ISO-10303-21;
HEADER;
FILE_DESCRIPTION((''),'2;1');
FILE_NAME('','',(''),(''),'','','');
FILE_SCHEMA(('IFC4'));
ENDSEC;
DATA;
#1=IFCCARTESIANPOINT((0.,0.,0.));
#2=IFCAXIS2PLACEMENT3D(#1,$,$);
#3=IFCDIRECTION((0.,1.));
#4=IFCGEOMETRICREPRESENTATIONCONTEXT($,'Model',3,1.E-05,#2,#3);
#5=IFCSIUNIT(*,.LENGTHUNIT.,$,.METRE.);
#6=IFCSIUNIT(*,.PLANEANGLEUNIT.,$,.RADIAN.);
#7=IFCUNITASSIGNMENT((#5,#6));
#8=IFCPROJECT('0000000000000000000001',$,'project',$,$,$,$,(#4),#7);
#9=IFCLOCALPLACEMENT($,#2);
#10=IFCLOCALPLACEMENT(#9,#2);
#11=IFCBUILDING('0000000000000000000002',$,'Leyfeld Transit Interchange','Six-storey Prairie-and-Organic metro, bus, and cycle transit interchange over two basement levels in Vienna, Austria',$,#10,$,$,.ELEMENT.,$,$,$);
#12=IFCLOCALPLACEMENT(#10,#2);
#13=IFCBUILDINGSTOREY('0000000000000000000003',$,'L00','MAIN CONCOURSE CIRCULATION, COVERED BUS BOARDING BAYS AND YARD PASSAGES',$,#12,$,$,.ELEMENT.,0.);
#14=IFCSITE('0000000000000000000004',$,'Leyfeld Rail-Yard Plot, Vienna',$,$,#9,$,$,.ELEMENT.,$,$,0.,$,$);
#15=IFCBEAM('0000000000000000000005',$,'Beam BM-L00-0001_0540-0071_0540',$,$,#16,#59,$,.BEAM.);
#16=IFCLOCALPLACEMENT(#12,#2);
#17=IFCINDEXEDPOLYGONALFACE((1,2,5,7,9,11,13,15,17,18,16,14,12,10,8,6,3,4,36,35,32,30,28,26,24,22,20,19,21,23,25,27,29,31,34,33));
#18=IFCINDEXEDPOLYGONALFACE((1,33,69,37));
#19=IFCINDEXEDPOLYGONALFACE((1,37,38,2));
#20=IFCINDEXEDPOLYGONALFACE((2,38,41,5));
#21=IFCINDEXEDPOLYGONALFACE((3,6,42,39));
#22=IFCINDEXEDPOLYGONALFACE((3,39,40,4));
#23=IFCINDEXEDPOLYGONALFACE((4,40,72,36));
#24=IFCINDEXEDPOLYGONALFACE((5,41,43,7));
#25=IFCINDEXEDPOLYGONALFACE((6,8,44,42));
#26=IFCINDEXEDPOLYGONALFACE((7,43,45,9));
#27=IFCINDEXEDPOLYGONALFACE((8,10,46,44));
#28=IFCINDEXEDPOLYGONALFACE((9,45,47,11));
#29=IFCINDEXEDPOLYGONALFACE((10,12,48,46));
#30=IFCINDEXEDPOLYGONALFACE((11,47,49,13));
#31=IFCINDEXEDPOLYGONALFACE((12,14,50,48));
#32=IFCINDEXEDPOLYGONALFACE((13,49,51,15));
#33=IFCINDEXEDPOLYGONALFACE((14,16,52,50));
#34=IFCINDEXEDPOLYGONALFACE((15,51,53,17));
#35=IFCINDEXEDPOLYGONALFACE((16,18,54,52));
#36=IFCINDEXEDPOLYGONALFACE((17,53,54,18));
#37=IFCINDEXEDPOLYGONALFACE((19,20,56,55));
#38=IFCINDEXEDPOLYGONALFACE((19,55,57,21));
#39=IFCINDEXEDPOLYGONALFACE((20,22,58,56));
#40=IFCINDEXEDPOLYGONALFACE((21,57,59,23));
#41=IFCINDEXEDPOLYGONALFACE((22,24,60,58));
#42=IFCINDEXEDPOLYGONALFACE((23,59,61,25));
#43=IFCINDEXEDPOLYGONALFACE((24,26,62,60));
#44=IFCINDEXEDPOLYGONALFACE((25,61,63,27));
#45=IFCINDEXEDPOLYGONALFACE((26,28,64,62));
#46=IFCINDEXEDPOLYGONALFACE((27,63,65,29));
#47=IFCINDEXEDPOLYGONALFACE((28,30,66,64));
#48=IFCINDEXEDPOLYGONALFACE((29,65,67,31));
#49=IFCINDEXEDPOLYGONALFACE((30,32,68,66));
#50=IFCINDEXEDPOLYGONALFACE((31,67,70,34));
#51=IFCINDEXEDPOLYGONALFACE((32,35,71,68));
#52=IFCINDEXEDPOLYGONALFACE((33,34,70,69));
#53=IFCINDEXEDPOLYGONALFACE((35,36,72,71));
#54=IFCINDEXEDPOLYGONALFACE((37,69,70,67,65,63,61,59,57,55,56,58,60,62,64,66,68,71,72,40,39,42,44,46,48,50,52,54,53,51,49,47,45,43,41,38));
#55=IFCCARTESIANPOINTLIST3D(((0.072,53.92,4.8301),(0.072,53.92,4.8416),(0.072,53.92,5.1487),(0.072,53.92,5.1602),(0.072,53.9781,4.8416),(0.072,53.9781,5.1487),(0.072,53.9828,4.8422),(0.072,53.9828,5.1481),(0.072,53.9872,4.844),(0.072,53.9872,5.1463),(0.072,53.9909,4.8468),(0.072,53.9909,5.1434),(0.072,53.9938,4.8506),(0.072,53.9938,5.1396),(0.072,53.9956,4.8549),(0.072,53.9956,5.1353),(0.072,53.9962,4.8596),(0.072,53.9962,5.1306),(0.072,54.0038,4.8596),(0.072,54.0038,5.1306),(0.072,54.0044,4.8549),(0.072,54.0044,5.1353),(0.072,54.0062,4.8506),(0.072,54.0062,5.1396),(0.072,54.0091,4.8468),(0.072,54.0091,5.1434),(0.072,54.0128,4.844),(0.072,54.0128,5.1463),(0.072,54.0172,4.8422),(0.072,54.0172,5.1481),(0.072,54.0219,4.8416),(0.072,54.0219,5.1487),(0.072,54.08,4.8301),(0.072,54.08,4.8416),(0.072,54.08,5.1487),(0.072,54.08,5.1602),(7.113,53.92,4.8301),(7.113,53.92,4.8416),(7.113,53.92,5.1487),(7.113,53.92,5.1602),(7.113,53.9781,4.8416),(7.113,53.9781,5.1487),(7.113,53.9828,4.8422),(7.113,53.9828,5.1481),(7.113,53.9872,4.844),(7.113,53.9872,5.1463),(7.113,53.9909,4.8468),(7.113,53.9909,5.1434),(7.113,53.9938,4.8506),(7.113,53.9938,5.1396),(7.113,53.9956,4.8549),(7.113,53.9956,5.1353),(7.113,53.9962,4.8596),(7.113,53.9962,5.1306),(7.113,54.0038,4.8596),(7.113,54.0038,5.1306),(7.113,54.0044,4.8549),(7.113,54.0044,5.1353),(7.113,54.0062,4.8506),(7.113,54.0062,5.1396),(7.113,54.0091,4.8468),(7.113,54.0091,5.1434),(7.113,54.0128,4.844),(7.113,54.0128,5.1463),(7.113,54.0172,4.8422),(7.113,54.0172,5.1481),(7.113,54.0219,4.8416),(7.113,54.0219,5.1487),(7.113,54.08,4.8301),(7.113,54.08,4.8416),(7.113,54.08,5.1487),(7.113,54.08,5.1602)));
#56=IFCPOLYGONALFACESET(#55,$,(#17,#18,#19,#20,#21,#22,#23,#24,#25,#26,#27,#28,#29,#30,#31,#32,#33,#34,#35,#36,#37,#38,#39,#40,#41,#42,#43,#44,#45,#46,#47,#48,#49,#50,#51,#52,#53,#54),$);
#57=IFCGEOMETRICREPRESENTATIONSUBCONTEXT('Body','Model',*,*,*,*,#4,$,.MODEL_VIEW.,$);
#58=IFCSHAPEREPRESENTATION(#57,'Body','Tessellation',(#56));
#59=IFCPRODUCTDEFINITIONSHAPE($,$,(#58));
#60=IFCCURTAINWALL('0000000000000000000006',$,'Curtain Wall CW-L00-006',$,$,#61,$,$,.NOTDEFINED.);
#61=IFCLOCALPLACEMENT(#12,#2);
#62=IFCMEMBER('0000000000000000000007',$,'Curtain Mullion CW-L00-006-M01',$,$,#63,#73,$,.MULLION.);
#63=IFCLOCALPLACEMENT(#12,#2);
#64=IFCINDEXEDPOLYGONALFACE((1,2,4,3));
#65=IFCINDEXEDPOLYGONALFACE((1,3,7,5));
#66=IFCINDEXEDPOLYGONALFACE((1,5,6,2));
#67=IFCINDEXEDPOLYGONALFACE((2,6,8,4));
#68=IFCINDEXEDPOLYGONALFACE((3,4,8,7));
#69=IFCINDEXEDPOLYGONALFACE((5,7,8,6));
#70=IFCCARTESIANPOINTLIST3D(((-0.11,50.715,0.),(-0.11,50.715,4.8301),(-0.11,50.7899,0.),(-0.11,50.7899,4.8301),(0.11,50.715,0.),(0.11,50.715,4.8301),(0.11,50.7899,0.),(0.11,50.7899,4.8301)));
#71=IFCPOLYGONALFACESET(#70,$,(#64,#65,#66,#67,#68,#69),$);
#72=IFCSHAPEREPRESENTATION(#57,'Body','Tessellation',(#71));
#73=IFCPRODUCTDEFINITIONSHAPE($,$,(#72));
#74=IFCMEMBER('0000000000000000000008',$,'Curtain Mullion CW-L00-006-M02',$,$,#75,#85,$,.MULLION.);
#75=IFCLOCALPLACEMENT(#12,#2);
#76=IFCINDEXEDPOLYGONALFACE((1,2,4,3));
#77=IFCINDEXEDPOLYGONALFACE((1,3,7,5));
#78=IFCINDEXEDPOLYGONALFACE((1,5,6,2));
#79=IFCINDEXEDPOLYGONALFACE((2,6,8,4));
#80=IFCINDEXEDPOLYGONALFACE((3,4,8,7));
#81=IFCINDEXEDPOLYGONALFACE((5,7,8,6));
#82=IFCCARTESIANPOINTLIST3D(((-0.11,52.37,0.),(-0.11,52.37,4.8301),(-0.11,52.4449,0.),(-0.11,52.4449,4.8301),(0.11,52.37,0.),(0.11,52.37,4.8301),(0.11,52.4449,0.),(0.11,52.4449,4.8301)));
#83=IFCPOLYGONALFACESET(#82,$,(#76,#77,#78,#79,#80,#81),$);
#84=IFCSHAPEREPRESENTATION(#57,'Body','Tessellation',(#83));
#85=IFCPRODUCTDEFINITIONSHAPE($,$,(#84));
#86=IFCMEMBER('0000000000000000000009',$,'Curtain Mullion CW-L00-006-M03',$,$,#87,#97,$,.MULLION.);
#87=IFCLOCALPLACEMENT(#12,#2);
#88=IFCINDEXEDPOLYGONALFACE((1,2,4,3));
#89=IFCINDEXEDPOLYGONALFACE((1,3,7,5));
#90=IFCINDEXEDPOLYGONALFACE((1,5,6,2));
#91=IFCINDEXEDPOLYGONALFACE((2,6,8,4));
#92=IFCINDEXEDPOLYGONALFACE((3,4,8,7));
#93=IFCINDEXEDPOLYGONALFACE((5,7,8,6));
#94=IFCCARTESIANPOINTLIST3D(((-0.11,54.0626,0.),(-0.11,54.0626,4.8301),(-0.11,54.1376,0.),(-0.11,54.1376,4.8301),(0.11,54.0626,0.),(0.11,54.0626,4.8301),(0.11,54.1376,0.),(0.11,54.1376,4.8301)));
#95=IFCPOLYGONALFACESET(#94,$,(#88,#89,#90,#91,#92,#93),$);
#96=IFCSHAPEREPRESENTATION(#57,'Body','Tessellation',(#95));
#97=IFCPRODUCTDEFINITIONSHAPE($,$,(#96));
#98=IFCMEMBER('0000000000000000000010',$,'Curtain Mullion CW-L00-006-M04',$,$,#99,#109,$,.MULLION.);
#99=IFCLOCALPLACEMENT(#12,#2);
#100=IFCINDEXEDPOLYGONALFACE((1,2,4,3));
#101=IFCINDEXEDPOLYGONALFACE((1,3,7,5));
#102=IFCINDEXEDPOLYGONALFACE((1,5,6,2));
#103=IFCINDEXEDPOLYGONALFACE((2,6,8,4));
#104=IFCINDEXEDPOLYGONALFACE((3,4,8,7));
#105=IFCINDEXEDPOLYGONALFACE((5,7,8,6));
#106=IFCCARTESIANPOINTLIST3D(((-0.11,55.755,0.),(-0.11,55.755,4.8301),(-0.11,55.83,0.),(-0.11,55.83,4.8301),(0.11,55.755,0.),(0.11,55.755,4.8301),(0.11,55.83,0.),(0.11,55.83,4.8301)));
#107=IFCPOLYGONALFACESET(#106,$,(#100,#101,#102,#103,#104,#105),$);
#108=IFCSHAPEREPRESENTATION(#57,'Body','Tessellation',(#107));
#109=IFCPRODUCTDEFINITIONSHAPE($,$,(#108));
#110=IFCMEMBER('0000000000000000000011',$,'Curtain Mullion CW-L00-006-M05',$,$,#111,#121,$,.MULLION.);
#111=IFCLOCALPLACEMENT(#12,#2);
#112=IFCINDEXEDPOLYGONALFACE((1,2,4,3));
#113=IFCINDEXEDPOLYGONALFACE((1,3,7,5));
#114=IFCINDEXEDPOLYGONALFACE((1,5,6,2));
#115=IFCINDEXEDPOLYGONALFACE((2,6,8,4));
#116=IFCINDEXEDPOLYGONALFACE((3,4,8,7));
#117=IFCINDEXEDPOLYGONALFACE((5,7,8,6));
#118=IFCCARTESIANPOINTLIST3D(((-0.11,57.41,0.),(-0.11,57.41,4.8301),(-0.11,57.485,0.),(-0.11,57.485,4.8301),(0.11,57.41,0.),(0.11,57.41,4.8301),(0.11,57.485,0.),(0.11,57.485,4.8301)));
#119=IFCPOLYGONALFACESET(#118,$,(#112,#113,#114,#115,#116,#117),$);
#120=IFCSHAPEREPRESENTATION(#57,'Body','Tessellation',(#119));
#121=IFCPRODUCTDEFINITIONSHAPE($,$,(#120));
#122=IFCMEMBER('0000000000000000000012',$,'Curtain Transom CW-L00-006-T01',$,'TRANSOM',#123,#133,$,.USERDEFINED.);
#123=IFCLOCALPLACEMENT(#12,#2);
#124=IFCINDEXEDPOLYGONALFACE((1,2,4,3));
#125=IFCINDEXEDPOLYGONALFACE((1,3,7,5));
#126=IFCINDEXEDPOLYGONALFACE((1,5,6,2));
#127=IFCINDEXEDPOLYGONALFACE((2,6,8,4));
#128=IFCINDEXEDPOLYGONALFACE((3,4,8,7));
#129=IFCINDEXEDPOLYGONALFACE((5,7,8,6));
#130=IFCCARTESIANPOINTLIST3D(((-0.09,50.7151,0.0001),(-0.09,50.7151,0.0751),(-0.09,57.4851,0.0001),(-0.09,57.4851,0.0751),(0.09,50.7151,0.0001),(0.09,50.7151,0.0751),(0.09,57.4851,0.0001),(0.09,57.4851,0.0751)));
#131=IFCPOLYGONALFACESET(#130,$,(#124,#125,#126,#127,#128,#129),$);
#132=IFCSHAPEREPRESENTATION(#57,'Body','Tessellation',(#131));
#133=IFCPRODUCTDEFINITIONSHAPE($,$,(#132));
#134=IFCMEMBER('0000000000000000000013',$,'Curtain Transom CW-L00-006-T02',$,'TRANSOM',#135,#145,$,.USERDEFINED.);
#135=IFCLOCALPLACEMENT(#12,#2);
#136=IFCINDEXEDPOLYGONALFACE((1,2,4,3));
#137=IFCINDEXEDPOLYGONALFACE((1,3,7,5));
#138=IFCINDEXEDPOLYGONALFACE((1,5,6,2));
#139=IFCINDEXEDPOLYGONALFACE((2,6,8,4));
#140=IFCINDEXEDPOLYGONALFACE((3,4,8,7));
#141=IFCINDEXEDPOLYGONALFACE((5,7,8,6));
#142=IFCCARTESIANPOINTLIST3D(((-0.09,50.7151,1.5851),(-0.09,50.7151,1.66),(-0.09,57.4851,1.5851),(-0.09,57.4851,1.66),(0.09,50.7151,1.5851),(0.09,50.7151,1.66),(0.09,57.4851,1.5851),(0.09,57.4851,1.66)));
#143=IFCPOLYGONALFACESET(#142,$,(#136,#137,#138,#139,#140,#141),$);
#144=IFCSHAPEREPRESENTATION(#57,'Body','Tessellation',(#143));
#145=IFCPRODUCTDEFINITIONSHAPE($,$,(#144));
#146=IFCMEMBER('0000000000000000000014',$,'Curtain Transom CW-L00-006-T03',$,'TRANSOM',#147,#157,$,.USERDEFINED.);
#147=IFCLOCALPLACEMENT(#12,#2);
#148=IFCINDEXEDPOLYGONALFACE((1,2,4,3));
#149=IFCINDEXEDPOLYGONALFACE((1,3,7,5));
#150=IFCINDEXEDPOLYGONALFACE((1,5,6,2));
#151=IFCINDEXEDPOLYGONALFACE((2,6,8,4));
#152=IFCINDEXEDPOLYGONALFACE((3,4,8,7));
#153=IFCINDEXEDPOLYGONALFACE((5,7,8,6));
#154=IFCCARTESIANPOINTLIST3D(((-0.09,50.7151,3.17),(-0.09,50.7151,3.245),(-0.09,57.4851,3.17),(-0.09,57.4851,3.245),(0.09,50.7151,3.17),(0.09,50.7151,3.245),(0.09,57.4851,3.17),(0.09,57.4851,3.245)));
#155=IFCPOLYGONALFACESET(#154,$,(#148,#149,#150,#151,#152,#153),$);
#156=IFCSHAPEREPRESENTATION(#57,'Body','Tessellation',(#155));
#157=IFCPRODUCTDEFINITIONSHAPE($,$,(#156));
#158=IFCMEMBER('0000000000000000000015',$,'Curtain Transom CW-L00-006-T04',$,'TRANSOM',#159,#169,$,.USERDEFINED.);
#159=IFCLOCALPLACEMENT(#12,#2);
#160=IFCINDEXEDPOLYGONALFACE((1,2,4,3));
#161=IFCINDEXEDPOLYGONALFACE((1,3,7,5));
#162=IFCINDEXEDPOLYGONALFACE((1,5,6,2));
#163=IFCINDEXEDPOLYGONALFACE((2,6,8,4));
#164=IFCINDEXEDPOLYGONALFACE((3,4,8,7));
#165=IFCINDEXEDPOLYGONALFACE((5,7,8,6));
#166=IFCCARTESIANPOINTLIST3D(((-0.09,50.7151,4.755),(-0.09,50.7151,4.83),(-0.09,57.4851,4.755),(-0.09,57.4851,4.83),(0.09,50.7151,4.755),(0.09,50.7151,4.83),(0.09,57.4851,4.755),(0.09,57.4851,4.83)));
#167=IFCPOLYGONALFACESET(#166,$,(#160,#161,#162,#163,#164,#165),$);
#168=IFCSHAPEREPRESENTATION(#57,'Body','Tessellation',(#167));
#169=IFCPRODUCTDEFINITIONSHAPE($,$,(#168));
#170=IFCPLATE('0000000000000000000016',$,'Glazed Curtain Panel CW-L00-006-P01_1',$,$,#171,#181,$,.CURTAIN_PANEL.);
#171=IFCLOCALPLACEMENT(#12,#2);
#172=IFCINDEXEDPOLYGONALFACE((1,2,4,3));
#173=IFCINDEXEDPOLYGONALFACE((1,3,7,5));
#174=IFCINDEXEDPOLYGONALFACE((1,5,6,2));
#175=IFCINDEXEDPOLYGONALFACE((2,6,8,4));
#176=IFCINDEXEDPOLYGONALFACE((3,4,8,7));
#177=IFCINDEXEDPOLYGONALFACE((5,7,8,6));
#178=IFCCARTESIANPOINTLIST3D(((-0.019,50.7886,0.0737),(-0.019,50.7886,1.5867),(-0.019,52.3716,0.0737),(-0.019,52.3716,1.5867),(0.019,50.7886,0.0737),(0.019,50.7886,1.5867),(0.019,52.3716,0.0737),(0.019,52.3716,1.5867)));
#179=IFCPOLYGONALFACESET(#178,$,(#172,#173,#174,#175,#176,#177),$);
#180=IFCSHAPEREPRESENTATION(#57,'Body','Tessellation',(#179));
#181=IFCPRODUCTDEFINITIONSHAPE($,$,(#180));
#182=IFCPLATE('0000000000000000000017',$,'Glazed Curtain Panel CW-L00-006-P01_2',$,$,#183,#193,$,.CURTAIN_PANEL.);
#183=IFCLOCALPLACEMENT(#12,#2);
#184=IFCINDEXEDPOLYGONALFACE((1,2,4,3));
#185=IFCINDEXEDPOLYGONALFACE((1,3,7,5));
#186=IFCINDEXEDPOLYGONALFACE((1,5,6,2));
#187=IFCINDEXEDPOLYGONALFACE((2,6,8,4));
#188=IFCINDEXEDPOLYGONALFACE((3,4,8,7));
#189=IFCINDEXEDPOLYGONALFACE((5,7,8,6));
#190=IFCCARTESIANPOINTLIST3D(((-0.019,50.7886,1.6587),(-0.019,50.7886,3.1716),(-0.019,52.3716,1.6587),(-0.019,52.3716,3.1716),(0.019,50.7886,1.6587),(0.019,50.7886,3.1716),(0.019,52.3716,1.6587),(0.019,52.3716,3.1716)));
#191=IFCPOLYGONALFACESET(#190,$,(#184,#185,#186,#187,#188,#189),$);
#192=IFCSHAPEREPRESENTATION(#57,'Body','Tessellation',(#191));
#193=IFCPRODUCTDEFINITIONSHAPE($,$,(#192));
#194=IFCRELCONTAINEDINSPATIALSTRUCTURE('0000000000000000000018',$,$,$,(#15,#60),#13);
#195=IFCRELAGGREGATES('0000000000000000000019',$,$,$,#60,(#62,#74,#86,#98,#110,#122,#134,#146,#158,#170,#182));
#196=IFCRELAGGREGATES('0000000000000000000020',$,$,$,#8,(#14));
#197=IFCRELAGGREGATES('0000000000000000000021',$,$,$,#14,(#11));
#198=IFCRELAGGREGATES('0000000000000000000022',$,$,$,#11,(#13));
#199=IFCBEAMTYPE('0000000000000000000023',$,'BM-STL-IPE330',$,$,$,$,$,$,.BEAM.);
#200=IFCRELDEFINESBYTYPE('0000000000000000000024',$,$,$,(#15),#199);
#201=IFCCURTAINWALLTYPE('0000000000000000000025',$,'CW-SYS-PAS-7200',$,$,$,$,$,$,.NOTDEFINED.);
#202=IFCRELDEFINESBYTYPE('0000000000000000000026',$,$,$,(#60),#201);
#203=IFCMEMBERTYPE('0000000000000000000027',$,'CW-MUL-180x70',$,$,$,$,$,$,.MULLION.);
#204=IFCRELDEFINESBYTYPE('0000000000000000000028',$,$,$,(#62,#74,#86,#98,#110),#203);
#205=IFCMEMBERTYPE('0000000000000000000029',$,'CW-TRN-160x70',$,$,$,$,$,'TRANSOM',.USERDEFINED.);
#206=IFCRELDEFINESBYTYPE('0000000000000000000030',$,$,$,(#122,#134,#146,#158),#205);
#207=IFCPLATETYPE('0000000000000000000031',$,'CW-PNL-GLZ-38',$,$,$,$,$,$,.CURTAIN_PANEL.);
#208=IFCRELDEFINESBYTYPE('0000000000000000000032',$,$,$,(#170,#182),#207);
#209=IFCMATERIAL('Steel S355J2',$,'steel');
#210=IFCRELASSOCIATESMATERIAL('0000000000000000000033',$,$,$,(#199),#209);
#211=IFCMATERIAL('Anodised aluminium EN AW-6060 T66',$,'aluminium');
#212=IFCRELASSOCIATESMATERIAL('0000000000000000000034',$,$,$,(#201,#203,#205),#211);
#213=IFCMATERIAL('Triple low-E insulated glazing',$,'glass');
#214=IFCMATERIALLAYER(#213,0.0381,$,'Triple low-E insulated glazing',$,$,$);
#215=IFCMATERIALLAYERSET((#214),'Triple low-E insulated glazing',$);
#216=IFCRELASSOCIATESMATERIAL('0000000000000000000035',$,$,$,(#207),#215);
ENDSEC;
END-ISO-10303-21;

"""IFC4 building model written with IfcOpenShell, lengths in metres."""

from ifc_helpers import new_model, si_unit, direction, frame, origin, origin_2d, place, context, subcontext, project, spatial, rectangle, i_section, extrude, material, layer, layer_set, material_profile, profile_set, type_object, element, aggregate, save


model = new_model("IFC4")

# Units and contexts
model_context = context("Model", 3, precision=1e-05, world=origin(), true_north=direction((0.0, 1.0)))
body_context = subcontext(model_context, "Body", "Model", "MODEL_VIEW")
ifc_project = project(units=[si_unit("LENGTHUNIT", "METRE"), si_unit("PLANEANGLEUNIT", "RADIAN")], contexts=[model_context])

# Site, building, storey
site_placement = place(None, origin())
site = spatial("IfcSite", under=ifc_project, at=site_placement, Name="Leyfeld Rail-Yard Plot, Vienna", CompositionType="ELEMENT", RefElevation=0.0)
building_placement = place(site_placement, origin())
building = spatial("IfcBuilding", under=site, at=building_placement, Name="Leyfeld Transit Interchange", Description="Six-storey Prairie-and-Organic metro, bus, and cycle transit interchange over two basement levels in Vienna, Austria", CompositionType="ELEMENT")
storey_placement = place(building_placement, origin())
storey = spatial("IfcBuildingStorey", under=building, at=storey_placement, Name="L00", Description="MAIN CONCOURSE CIRCULATION, COVERED BUS BOARDING BAYS AND YARD PASSAGES", CompositionType="ELEMENT", Elevation=0.0)

# Beam
ifc_material_1 = material(Name="Steel S355J2", Category="steel")
ifc_material_profile_1 = material_profile(ifc_material_1, i_section(OverallWidth=0.1599, OverallDepth=0.3301, WebThickness=0.0076, FlangeThickness=0.0115, FilletRadius=0.0181, at=origin_2d()), Name="IPE 330")
ifc_profile_set_1 = profile_set([ifc_material_profile_1], Name="Steel S355J2")
beam_type = type_object("IfcBeamType", Name="BM-STL-IPE330", PredefinedType="BEAM", material=ifc_profile_set_1)
beam_placement = place(storey_placement, frame((0.072, 54.0, 4.9951), z_axis=(1.0, 0.0, 0.0), x_axis=(0.0, 1.0, 0.0)))
element("IfcBeam", 1, at=beam_placement, inside=storey, type_object=beam_type, Name="Beam BM-L00-0001_0540-0071_0540", PredefinedType="BEAM", context=body_context, shape_type="SweptSolid", body=[
    extrude(i_section(OverallWidth=0.1599, OverallDepth=0.3301, WebThickness=0.0076, FlangeThickness=0.0115, FilletRadius=0.0181, at=origin_2d()), origin(), (0.0, 0.0, 1.0), 7.041),
])

# Curtain wall, members, plates
ifc_material_2 = material(Name="Anodised aluminium EN AW-6060 T66", Category="aluminium")
curtain_wall_type = type_object("IfcCurtainWallType", Name="CW-SYS-PAS-7200", PredefinedType="NOTDEFINED", material=ifc_material_2)
curtain_wall_placement = place(storey_placement, origin())
curtain_wall = element("IfcCurtainWall", 2, at=curtain_wall_placement, inside=storey, type_object=curtain_wall_type, Name="Curtain Wall CW-L00-006", PredefinedType="NOTDEFINED")
ifc_material_profile_2 = material_profile(ifc_material_2, rectangle(XDim=0.075, YDim=0.22, at=origin_2d()), Name="CW-M 75x220")
ifc_profile_set_2 = profile_set([ifc_material_profile_2], Name="Anodised aluminium EN AW-6060 T66")
member_type_1 = type_object("IfcMemberType", Name="CW-MUL-180x70", PredefinedType="MULLION", material=ifc_profile_set_2)
member_1_placement = place(storey_placement, frame((0.0, 50.7524, 0.0), z_axis=(0.0, 0.0, 1.0), x_axis=(0.0, 1.0, 0.0)))
member_1 = element("IfcMember", 3, at=member_1_placement, type_object=member_type_1, Name="Curtain Mullion CW-L00-006-M01", PredefinedType="MULLION", context=body_context, shape_type="SweptSolid", body=[
    extrude(rectangle(XDim=0.075, YDim=0.22, at=origin_2d()), origin(), (0.0, 0.0, 1.0), 4.8301),
])
member_2_placement = place(storey_placement, frame((0.0, 52.4075, 0.0), z_axis=(0.0, 0.0, 1.0), x_axis=(0.0, 1.0, 0.0)))
member_2 = element("IfcMember", 4, at=member_2_placement, type_object=member_type_1, Name="Curtain Mullion CW-L00-006-M02", PredefinedType="MULLION", context=body_context, shape_type="SweptSolid", body=[
    extrude(rectangle(XDim=0.075, YDim=0.22, at=origin_2d()), origin(), (0.0, 0.0, 1.0), 4.8301),
])
member_3_placement = place(storey_placement, frame((0.0, 54.1001, 0.0), z_axis=(0.0, 0.0, 1.0), x_axis=(0.0, 1.0, 0.0)))
member_3 = element("IfcMember", 5, at=member_3_placement, type_object=member_type_1, Name="Curtain Mullion CW-L00-006-M03", PredefinedType="MULLION", context=body_context, shape_type="SweptSolid", body=[
    extrude(rectangle(XDim=0.075, YDim=0.22, at=origin_2d()), origin(), (0.0, 0.0, 1.0), 4.8301),
])
member_4_placement = place(storey_placement, frame((0.0, 55.7925, 0.0), z_axis=(0.0, 0.0, 1.0), x_axis=(0.0, 1.0, 0.0)))
member_4 = element("IfcMember", 6, at=member_4_placement, type_object=member_type_1, Name="Curtain Mullion CW-L00-006-M04", PredefinedType="MULLION", context=body_context, shape_type="SweptSolid", body=[
    extrude(rectangle(XDim=0.075, YDim=0.22, at=origin_2d()), origin(), (0.0, 0.0, 1.0), 4.8301),
])
member_5_placement = place(storey_placement, frame((0.0, 57.4475, 0.0), z_axis=(0.0, 0.0, 1.0), x_axis=(0.0, 1.0, 0.0)))
member_5 = element("IfcMember", 7, at=member_5_placement, type_object=member_type_1, Name="Curtain Mullion CW-L00-006-M05", PredefinedType="MULLION", context=body_context, shape_type="SweptSolid", body=[
    extrude(rectangle(XDim=0.075, YDim=0.22, at=origin_2d()), origin(), (0.0, 0.0, 1.0), 4.8301),
])
ifc_material_profile_3 = material_profile(ifc_material_2, rectangle(XDim=0.1799, YDim=0.075, at=origin_2d()), Name="CW-TRN-160x70")
ifc_profile_set_3 = profile_set([ifc_material_profile_3], Name="Anodised aluminium EN AW-6060 T66")
member_type_2 = type_object("IfcMemberType", Name="CW-TRN-160x70", ElementType="TRANSOM", PredefinedType="USERDEFINED", material=ifc_profile_set_3)
member_6_placement = place(storey_placement, frame((0.0, 50.7151, 0.0376), z_axis=(0.0, 1.0, 0.0), x_axis=(-1.0, 0.0, 0.0)))
member_6 = element("IfcMember", 8, at=member_6_placement, type_object=member_type_2, Name="Curtain Transom CW-L00-006-T01", ObjectType="TRANSOM", PredefinedType="USERDEFINED", context=body_context, shape_type="SweptSolid", body=[
    extrude(rectangle(XDim=0.1799, YDim=0.075, at=origin_2d()), origin(), (0.0, 0.0, 1.0), 6.77),
])
member_7_placement = place(storey_placement, frame((0.0, 50.7151, 1.6226), z_axis=(0.0, 1.0, 0.0), x_axis=(-1.0, 0.0, 0.0)))
member_7 = element("IfcMember", 9, at=member_7_placement, type_object=member_type_2, Name="Curtain Transom CW-L00-006-T02", ObjectType="TRANSOM", PredefinedType="USERDEFINED", context=body_context, shape_type="SweptSolid", body=[
    extrude(rectangle(XDim=0.1799, YDim=0.075, at=origin_2d()), origin(), (0.0, 0.0, 1.0), 6.77),
])
member_8_placement = place(storey_placement, frame((0.0, 50.7151, 3.2075), z_axis=(0.0, 1.0, 0.0), x_axis=(-1.0, 0.0, 0.0)))
member_8 = element("IfcMember", 10, at=member_8_placement, type_object=member_type_2, Name="Curtain Transom CW-L00-006-T03", ObjectType="TRANSOM", PredefinedType="USERDEFINED", context=body_context, shape_type="SweptSolid", body=[
    extrude(rectangle(XDim=0.1799, YDim=0.075, at=origin_2d()), origin(), (0.0, 0.0, 1.0), 6.77),
])
member_9_placement = place(storey_placement, frame((0.0, 50.7151, 4.7925), z_axis=(0.0, 1.0, 0.0), x_axis=(-1.0, 0.0, 0.0)))
member_9 = element("IfcMember", 11, at=member_9_placement, type_object=member_type_2, Name="Curtain Transom CW-L00-006-T04", ObjectType="TRANSOM", PredefinedType="USERDEFINED", context=body_context, shape_type="SweptSolid", body=[
    extrude(rectangle(XDim=0.1799, YDim=0.075, at=origin_2d()), origin(), (0.0, 0.0, 1.0), 6.77),
])
ifc_material_3 = material(Name="Triple low-E insulated glazing", Category="glass")
ifc_layer = layer(ifc_material_3, 0.0381, Name="Triple low-E insulated glazing")
ifc_layer_set = layer_set([ifc_layer], Name="Triple low-E insulated glazing")
plate_type = type_object("IfcPlateType", Name="CW-PNL-GLZ-38", PredefinedType="CURTAIN_PANEL", material=ifc_layer_set)
plate_1_placement = place(storey_placement, frame((0.0, 51.5801, 0.0737), z_axis=(0.0, 0.0, 1.0), x_axis=(0.0, 1.0, 0.0)))
plate_1 = element("IfcPlate", 12, at=plate_1_placement, type_object=plate_type, Name="Glazed Curtain Panel CW-L00-006-P01_1", PredefinedType="CURTAIN_PANEL", context=body_context, shape_type="SweptSolid", body=[
    extrude(rectangle(XDim=1.583, YDim=0.0381, at=origin_2d()), origin(), (0.0, 0.0, 1.0), 1.5129),
])
plate_2_placement = place(storey_placement, frame((0.0, 51.5801, 1.6587), z_axis=(0.0, 0.0, 1.0), x_axis=(0.0, 1.0, 0.0)))
plate_2 = element("IfcPlate", 13, at=plate_2_placement, type_object=plate_type, Name="Glazed Curtain Panel CW-L00-006-P01_2", PredefinedType="CURTAIN_PANEL", context=body_context, shape_type="SweptSolid", body=[
    extrude(rectangle(XDim=1.583, YDim=0.0381, at=origin_2d()), origin(), (0.0, 0.0, 1.0), 1.5129),
])
aggregate(curtain_wall, [member_1, member_2, member_3, member_4, member_5, member_6, member_7, member_8, member_9, plate_1, plate_2])

save(model, "model.ifc")
